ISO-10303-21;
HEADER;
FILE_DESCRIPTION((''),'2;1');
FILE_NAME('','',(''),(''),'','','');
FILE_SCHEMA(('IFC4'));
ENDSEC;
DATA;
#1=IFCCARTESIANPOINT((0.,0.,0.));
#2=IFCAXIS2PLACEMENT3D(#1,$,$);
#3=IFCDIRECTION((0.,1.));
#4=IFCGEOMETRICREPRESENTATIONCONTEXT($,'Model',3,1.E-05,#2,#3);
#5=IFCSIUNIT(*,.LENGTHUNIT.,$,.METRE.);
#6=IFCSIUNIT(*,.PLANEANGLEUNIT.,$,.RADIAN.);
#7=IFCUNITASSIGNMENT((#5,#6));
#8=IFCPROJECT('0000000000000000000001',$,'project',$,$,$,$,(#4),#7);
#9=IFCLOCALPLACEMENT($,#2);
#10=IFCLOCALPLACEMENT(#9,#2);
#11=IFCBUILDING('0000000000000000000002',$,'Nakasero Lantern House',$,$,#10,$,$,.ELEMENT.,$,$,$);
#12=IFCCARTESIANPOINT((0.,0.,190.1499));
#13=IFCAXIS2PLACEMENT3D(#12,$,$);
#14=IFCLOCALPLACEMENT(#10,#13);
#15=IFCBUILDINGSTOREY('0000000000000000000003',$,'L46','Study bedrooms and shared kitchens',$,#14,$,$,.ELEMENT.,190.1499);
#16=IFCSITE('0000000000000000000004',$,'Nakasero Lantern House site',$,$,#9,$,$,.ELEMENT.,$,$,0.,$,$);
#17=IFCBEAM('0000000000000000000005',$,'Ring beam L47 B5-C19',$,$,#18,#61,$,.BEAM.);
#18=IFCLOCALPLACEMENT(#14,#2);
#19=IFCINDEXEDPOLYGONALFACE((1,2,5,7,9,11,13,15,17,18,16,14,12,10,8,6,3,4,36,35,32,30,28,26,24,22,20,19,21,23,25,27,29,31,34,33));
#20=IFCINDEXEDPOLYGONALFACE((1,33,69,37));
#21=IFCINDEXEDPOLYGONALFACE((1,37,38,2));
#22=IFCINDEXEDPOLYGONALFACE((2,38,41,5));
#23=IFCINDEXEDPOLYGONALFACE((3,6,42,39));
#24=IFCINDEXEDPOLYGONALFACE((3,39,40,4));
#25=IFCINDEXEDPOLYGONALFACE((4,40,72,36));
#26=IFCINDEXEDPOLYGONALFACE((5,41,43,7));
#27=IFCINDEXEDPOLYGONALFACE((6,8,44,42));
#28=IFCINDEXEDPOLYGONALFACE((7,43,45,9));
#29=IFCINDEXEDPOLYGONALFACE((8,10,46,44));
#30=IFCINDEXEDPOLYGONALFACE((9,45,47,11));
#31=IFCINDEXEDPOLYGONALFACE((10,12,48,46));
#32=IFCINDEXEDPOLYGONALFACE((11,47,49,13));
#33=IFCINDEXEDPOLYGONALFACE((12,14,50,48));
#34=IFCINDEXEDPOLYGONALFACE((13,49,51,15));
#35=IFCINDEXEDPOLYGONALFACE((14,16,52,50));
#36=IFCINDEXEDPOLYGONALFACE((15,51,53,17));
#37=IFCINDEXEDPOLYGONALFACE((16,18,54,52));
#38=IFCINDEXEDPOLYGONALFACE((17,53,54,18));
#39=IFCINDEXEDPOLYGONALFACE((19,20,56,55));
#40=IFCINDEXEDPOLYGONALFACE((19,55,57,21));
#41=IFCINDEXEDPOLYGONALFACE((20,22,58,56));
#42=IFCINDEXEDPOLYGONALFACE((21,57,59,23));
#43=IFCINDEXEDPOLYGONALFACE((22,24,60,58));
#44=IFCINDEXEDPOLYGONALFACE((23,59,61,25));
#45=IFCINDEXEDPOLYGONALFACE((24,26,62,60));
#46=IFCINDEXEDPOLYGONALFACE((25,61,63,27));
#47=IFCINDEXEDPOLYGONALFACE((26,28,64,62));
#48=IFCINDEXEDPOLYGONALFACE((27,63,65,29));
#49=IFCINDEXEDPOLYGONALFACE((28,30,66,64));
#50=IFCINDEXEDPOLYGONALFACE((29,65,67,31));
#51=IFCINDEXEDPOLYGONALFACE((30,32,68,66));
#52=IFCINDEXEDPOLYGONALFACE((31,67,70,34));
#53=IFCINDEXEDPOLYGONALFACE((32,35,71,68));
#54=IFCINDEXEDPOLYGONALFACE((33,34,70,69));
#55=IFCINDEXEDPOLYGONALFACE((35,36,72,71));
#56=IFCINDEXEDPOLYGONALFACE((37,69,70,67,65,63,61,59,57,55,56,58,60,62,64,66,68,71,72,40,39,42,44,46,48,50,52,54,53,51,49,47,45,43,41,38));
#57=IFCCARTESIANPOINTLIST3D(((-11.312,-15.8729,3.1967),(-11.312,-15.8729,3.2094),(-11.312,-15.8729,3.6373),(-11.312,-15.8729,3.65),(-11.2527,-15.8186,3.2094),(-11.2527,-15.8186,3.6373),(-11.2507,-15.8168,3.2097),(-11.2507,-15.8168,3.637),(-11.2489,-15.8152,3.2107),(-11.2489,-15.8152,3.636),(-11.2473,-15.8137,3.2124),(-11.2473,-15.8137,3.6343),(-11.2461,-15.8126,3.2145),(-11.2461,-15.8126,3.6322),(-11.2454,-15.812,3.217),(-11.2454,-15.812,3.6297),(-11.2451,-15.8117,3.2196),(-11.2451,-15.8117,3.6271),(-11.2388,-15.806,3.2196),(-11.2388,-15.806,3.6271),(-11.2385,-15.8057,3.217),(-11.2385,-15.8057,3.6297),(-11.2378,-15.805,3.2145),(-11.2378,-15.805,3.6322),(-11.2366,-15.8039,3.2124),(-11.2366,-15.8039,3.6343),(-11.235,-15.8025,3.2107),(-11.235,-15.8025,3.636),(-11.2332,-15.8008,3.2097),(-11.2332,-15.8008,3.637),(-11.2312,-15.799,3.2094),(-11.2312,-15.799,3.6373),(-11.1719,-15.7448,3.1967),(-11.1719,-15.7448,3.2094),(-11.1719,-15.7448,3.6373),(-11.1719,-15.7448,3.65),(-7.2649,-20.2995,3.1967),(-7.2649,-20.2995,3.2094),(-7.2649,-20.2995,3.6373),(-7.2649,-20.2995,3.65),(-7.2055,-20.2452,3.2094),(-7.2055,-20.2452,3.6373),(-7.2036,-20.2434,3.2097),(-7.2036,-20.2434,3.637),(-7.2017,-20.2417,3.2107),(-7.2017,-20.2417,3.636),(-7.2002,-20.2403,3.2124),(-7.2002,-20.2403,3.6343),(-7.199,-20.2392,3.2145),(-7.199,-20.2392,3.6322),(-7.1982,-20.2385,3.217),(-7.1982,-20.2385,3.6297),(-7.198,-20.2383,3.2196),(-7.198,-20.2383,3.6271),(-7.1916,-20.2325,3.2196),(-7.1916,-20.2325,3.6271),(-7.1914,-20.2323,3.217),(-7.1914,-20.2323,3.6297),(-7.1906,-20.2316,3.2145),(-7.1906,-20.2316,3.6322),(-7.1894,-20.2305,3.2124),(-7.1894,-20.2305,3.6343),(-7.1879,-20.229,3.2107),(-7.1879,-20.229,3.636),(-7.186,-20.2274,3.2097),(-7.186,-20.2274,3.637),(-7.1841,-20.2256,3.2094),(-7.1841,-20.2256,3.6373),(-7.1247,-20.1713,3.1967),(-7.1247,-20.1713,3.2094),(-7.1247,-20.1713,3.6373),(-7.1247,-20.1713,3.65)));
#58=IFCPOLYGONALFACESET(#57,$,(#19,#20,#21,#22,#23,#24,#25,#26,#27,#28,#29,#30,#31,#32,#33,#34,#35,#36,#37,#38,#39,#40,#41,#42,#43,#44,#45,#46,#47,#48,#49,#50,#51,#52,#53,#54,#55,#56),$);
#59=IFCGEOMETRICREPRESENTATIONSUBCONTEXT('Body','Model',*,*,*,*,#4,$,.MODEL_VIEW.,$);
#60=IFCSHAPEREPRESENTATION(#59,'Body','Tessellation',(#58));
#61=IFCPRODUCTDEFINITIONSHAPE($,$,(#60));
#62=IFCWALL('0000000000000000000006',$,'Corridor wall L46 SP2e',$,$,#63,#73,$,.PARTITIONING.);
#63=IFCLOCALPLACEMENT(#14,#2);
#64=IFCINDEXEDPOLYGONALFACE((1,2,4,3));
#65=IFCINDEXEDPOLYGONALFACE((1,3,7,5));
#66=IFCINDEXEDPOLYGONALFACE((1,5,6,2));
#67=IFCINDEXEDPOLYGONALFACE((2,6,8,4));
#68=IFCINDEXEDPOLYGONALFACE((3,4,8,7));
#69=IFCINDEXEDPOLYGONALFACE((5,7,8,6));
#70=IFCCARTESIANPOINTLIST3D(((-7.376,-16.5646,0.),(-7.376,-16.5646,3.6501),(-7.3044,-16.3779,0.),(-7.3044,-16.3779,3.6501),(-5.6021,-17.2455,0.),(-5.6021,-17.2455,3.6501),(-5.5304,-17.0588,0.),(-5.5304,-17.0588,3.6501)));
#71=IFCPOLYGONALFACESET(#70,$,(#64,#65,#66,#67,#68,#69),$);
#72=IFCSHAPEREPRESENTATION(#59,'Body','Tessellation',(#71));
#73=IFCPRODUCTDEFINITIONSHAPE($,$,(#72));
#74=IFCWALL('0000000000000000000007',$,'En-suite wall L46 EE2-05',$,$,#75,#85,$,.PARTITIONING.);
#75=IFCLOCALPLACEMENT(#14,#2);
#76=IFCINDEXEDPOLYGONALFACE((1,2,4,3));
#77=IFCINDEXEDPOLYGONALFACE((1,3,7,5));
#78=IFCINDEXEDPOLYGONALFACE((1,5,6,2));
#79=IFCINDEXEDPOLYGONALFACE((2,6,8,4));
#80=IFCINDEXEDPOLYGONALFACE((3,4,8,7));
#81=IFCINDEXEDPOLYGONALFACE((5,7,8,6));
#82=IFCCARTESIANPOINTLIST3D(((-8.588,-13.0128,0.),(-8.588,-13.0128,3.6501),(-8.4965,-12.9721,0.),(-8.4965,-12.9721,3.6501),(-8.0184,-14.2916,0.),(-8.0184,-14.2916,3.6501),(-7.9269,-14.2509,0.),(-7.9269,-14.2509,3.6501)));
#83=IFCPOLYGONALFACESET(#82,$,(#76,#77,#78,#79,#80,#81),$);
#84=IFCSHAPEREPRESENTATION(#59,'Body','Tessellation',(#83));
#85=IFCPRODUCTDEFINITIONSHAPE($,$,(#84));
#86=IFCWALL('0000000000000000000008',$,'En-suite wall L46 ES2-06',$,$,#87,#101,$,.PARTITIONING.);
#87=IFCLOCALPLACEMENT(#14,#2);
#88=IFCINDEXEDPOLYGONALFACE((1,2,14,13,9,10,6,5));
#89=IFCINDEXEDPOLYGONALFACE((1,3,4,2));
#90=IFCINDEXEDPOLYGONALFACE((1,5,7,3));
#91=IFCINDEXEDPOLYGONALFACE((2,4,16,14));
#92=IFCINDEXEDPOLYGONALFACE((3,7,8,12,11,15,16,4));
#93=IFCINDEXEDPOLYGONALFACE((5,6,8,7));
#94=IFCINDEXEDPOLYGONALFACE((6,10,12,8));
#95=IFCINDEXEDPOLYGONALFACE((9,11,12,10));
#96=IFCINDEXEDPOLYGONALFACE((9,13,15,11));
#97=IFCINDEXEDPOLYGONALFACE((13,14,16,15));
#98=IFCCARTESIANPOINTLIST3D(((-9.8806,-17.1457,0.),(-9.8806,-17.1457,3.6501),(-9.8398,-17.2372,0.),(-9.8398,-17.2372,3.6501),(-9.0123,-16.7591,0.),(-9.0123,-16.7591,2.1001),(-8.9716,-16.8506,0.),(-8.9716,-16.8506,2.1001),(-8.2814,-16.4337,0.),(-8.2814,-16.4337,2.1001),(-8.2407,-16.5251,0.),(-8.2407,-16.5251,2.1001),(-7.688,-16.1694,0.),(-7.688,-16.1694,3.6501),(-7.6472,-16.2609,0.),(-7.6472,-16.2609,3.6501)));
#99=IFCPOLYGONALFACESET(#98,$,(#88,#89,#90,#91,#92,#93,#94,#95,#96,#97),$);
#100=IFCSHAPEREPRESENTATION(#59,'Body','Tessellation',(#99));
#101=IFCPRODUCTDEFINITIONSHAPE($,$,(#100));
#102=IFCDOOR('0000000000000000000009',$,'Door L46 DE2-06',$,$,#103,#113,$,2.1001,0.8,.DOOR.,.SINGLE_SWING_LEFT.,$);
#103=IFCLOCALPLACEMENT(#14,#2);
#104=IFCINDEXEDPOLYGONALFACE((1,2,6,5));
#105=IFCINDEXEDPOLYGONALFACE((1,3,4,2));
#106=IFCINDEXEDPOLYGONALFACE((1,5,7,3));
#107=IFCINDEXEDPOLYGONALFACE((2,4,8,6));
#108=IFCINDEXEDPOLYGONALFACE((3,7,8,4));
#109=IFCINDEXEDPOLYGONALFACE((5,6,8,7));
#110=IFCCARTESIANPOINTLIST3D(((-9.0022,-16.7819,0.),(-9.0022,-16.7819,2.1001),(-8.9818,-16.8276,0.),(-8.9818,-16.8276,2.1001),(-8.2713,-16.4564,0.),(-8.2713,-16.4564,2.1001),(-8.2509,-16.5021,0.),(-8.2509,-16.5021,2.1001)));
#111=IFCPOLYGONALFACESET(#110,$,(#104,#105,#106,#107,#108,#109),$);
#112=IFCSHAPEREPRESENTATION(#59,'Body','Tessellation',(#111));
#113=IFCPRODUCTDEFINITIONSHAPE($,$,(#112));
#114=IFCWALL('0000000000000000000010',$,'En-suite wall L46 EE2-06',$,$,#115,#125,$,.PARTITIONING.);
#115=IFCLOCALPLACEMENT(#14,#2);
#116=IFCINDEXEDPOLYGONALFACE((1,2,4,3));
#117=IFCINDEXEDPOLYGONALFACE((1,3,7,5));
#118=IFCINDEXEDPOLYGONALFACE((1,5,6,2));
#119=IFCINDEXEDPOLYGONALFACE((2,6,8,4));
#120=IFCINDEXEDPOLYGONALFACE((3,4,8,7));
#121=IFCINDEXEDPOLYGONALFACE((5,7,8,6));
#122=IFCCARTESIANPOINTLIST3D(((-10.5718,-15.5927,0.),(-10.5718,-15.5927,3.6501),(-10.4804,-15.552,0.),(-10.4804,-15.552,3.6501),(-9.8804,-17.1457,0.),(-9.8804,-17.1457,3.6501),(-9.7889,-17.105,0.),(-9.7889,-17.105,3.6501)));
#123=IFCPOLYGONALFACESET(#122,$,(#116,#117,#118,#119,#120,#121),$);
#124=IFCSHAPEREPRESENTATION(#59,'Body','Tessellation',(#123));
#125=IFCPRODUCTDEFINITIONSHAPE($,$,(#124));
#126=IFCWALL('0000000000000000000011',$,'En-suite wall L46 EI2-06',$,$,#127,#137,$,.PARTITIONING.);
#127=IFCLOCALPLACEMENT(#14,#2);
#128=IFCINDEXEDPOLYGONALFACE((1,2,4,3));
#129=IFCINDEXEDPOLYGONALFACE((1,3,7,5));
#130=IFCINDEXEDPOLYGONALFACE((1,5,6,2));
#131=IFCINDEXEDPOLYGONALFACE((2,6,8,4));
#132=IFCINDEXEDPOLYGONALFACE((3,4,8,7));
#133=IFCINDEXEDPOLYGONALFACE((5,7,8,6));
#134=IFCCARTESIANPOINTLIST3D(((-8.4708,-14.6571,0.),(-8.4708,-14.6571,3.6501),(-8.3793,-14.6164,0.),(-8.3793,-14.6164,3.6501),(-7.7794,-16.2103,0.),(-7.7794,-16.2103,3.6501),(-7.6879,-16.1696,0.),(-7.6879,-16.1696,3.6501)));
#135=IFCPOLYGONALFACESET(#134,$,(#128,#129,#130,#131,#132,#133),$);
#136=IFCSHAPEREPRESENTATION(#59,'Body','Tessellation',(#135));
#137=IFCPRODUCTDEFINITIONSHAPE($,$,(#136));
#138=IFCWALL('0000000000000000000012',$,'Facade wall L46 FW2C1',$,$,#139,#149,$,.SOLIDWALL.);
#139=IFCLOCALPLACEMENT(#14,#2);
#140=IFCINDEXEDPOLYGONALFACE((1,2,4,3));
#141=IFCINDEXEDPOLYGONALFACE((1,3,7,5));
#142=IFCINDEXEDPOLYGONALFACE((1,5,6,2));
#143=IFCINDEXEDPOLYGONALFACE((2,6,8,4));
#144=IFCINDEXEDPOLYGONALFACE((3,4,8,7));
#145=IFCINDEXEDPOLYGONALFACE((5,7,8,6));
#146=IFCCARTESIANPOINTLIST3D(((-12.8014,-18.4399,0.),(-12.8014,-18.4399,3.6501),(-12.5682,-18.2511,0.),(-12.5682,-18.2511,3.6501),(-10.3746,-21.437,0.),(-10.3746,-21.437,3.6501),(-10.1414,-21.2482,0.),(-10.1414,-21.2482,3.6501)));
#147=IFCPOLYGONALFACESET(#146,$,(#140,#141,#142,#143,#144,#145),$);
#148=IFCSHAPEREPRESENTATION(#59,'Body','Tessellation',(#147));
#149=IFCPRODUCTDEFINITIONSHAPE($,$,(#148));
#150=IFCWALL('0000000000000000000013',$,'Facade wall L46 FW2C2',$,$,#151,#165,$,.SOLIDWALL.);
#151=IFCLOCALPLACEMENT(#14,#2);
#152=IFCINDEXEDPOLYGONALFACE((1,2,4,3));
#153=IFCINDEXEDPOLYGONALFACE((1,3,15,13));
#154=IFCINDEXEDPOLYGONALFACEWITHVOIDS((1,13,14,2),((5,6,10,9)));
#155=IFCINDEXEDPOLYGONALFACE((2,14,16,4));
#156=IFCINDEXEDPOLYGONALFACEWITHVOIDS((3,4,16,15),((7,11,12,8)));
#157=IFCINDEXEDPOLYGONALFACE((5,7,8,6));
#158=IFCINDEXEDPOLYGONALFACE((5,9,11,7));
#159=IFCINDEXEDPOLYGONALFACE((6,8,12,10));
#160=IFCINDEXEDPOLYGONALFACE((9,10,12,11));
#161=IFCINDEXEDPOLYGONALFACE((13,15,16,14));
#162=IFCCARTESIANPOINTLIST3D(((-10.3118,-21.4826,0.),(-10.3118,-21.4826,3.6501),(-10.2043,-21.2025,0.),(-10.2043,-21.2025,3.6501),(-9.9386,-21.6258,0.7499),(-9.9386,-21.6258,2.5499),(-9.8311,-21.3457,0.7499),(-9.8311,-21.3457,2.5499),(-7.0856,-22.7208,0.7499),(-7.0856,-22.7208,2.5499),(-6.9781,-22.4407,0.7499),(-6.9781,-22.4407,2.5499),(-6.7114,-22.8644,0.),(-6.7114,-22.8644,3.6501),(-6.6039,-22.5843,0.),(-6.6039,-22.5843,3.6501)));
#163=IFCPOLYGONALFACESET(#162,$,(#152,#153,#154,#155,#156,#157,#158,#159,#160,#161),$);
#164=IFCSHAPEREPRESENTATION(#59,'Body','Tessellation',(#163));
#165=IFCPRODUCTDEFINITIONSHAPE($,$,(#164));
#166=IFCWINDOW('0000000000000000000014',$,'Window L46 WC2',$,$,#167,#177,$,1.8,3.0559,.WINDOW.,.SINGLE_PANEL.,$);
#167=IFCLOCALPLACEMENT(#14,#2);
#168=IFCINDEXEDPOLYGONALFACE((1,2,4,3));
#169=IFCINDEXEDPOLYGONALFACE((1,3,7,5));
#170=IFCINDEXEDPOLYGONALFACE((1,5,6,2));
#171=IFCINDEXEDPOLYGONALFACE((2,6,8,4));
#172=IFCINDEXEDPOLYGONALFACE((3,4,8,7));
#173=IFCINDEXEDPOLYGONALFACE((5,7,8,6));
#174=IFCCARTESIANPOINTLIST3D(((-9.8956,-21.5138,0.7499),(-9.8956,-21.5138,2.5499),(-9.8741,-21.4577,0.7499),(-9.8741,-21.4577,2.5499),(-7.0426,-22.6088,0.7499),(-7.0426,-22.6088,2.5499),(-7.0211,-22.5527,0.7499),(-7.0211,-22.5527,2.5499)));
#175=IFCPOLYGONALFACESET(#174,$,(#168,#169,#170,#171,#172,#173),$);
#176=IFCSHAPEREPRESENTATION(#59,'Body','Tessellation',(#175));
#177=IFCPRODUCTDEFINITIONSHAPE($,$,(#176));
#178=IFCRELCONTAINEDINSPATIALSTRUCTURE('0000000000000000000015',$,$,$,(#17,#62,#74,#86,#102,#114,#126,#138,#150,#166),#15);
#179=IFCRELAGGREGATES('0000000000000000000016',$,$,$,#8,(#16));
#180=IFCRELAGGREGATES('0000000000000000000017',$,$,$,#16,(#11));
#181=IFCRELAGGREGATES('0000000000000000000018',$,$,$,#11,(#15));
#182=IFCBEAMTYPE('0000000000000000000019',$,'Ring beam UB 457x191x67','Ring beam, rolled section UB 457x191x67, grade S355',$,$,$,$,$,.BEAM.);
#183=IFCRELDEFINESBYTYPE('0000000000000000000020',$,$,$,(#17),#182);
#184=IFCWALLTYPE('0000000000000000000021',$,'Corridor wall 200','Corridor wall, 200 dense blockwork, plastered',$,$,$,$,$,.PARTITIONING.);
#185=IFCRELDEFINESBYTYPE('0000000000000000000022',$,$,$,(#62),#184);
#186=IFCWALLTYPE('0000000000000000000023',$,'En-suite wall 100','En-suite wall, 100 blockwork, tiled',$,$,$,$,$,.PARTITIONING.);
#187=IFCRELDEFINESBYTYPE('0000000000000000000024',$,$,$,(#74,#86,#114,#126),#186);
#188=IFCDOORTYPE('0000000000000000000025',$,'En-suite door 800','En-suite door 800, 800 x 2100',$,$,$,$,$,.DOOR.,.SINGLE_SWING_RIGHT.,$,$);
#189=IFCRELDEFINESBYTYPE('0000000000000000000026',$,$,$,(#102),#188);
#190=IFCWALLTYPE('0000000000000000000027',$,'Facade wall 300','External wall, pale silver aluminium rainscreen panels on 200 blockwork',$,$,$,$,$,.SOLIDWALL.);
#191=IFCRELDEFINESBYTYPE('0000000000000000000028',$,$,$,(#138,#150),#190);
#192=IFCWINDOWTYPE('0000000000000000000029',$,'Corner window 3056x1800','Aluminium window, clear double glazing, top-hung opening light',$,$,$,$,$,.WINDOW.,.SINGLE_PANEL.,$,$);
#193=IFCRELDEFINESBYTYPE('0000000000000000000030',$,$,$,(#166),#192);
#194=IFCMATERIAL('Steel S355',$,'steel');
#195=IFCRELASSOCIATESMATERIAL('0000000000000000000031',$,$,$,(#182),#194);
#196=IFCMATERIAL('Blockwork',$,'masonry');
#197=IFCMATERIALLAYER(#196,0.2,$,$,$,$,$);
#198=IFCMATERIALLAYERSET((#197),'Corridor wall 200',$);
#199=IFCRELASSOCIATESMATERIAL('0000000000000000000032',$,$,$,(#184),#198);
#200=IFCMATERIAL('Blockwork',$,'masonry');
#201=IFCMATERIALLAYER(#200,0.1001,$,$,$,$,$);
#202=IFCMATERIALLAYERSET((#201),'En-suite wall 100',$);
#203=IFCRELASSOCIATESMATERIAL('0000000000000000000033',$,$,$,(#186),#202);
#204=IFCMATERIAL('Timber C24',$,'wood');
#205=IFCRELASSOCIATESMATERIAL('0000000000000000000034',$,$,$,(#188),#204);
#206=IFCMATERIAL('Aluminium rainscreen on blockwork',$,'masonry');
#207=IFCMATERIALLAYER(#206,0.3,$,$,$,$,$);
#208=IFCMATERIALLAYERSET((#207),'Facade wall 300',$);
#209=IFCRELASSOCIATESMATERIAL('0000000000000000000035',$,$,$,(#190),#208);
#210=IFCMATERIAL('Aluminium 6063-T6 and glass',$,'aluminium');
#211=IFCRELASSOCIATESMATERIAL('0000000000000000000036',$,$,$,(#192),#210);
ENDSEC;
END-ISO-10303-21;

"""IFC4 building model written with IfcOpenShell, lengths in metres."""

from ifc_helpers import new_model, si_unit, direction, frame, frame_2d, origin, origin_2d, place, context, subcontext, project, spatial, rectangle, i_section, extrude, material, layer, layer_set, material_profile, profile_set, type_object, element, fill, save


model = new_model("IFC4")

# Units and contexts
model_context = context("Model", 3, precision=1e-05, world=origin(), true_north=direction((0.0, 1.0)))
body_context = subcontext(model_context, "Body", "Model", "MODEL_VIEW")
ifc_project = project(units=[si_unit("LENGTHUNIT", "METRE"), si_unit("PLANEANGLEUNIT", "RADIAN")], contexts=[model_context])

# Site, building, storey
site_placement = place(None, origin())
site = spatial("IfcSite", under=ifc_project, at=site_placement, Name="Nakasero Lantern House site", CompositionType="ELEMENT", RefElevation=0.0)
building_placement = place(site_placement, origin())
building = spatial("IfcBuilding", under=site, at=building_placement, Name="Nakasero Lantern House", CompositionType="ELEMENT")
storey_placement = place(building_placement, frame((0.0, 0.0, 190.1499)))
storey = spatial("IfcBuildingStorey", under=building, at=storey_placement, Name="L46", Description="Study bedrooms and shared kitchens", CompositionType="ELEMENT", Elevation=190.1499)

# Beam
ifc_material_1 = material(Name="Steel S355", Category="steel")
ifc_material_profile_1 = material_profile(ifc_material_1, i_section(OverallWidth=0.1899, OverallDepth=0.4534, WebThickness=0.0085, FlangeThickness=0.0127, FilletRadius=0.0103, at=origin_2d()), Name="UB 457x191x67")
ifc_profile_set_1 = profile_set([ifc_material_profile_1], Name="Steel S355")
beam_type_1 = type_object("IfcBeamType", Name="Ring beam UB 457x191x67", Description="Ring beam, rolled section UB 457x191x67, grade S355", PredefinedType="BEAM", material=ifc_profile_set_1)
beam_1_placement = place(storey_placement, frame((-11.2419, -15.8088, 3.4233), z_axis=(0.674771, -0.738027, 0.0), x_axis=(0.738027, 0.674771, 0.0)))
element("IfcBeam", 1, at=beam_1_placement, inside=storey, type_object=beam_type_1, Name="Ring beam L47 B5-C19", PredefinedType="BEAM", context=body_context, shape_type="SweptSolid", body=[
    extrude(i_section(OverallWidth=0.1899, OverallDepth=0.4534, WebThickness=0.0085, FlangeThickness=0.0127, FilletRadius=0.0103, at=origin_2d()), origin(), (0.0, 0.0, 1.0), 5.9978),
])

# Walls
ifc_material_2 = material(Name="Blockwork", Category="masonry")
ifc_layer_1 = layer(ifc_material_2, 0.2)
ifc_layer_set_1 = layer_set([ifc_layer_1], Name="Corridor wall 200")
wall_type_1 = type_object("IfcWallType", Name="Corridor wall 200", Description="Corridor wall, 200 dense blockwork, plastered", PredefinedType="PARTITIONING", material=ifc_layer_set_1)
wall_1_placement = place(storey_placement, frame((-7.3403, -16.4712, 0.0), z_axis=(0.0, 0.0, 1.0), x_axis=(0.933587, -0.35835, 0.0)))
element("IfcWall", 2, at=wall_1_placement, inside=storey, type_object=wall_type_1, Name="Corridor wall L46 SP2e", PredefinedType="PARTITIONING", context=body_context, shape_type="SweptSolid", body=[
    extrude(rectangle(XDim=1.9001, YDim=0.2, at=frame_2d((0.9502, 0.0))), origin(), (0.0, 0.0, 1.0), 3.6501),
])
ifc_material_3 = material(Name="Blockwork", Category="masonry")
ifc_layer_2 = layer(ifc_material_3, 0.1001)
ifc_layer_set_2 = layer_set([ifc_layer_2], Name="En-suite wall 100")
wall_type_2 = type_object("IfcWallType", Name="En-suite wall 100", Description="En-suite wall, 100 blockwork, tiled", PredefinedType="PARTITIONING", material=ifc_layer_set_2)
wall_2_placement = place(storey_placement, frame((-8.5422, -12.9924, 0.0), z_axis=(0.0, 0.0, 1.0), x_axis=(0.406866, -0.913488, 0.0)))
element("IfcWall", 3, at=wall_2_placement, inside=storey, type_object=wall_type_2, Name="En-suite wall L46 EE2-05", PredefinedType="PARTITIONING", context=body_context, shape_type="SweptSolid", body=[
    extrude(rectangle(XDim=1.3999, YDim=0.1001, at=frame_2d((0.7, 0.0))), origin(), (0.0, 0.0, 1.0), 3.6501),
])

# Wall, opening, door
wall_3_placement = place(storey_placement, frame((-7.6675, -16.2151, 0.0), z_axis=(0.0, 0.0, 1.0), x_axis=(-0.91353, -0.406771, 0.0)))
wall_3 = element("IfcWall", 4, at=wall_3_placement, inside=storey, type_object=wall_type_2, Name="En-suite wall L46 ES2-06", PredefinedType="PARTITIONING", context=body_context, shape_type="SweptSolid", body=[
    extrude(rectangle(XDim=2.4001, YDim=0.1001, at=frame_2d((1.2002, 0.0))), origin(), (0.0, 0.0, 1.0), 3.6501),
])
opening_1_placement = place(wall_3_placement, frame((0.6499, 0.0, 0.0)))
opening_1 = element("IfcOpeningElement", 5, at=opening_1_placement, cuts=wall_3, PredefinedType="OPENING", context=body_context, shape_type="SweptSolid", body=[
    extrude(rectangle(XDim=0.8, YDim=2.1001, at=frame_2d((0.3999, 1.05))), frame((0.0, 0.0701, 0.0), z_axis=(0.0, -1.0, 0.0), x_axis=(1.0, 0.0, 0.0)), (0.0, 0.0, 1.0), 0.1401),
])
ifc_material_4 = material(Name="Timber C24", Category="wood")
door_type = type_object("IfcDoorType", Name="En-suite door 800", Description="En-suite door 800, 800 x 2100", OperationType="SINGLE_SWING_RIGHT", PredefinedType="DOOR", material=ifc_material_4)
door_placement = place(opening_1_placement, origin())
door = element("IfcDoor", 6, at=door_placement, inside=storey, type_object=door_type, Name="Door L46 DE2-06", OperationType="SINGLE_SWING_LEFT", OverallHeight=2.1001, OverallWidth=0.8, PredefinedType="DOOR", context=body_context, shape_type="SweptSolid", body=[
    extrude(rectangle(XDim=0.8, YDim=2.1001, at=frame_2d((0.3999, 1.05))), frame((0.0, 0.0249, 0.0), z_axis=(0.0, -1.0, 0.0), x_axis=(1.0, 0.0, 0.0)), (0.0, 0.0, 1.0), 0.05),
])
fill(opening_1, door)

# Walls
wall_4_placement = place(storey_placement, frame((-10.5261, -15.5723, 0.0), z_axis=(0.0, 0.0, 1.0), x_axis=(0.406725, -0.913551, 0.0)))
element("IfcWall", 7, at=wall_4_placement, inside=storey, type_object=wall_type_2, Name="En-suite wall L46 EE2-06", PredefinedType="PARTITIONING", context=body_context, shape_type="SweptSolid", body=[
    extrude(rectangle(XDim=1.7, YDim=0.1001, at=frame_2d((0.8501, 0.0))), origin(), (0.0, 0.0, 1.0), 3.6501),
])
wall_5_placement = place(storey_placement, frame((-8.425, -14.6367, 0.0), z_axis=(0.0, 0.0, 1.0), x_axis=(0.406671, -0.913575, 0.0)))
element("IfcWall", 8, at=wall_5_placement, inside=storey, type_object=wall_type_2, Name="En-suite wall L46 EI2-06", PredefinedType="PARTITIONING", context=body_context, shape_type="SweptSolid", body=[
    extrude(rectangle(XDim=1.7002, YDim=0.1001, at=frame_2d((0.8501, 0.0))), origin(), (0.0, 0.0, 1.0), 3.6501),
])
ifc_material_5 = material(Name="Aluminium rainscreen on blockwork", Category="masonry")
ifc_layer_3 = layer(ifc_material_5, 0.3)
ifc_layer_set_3 = layer_set([ifc_layer_3], Name="Facade wall 300")
wall_type_3 = type_object("IfcWallType", Name="Facade wall 300", Description="External wall, pale silver aluminium rainscreen panels on 200 blockwork", PredefinedType="SOLIDWALL", material=ifc_layer_set_3)
wall_6_placement = place(storey_placement, frame((-12.6848, -18.3455, 0.0), z_axis=(0.0, 0.0, 1.0), x_axis=(0.629286, -0.777174, 0.0)))
element("IfcWall", 9, at=wall_6_placement, inside=storey, type_object=wall_type_3, Name="Facade wall L46 FW2C1", PredefinedType="SOLIDWALL", context=body_context, shape_type="SweptSolid", body=[
    extrude(rectangle(XDim=3.8564, YDim=0.3, at=frame_2d((1.9282, 0.0))), origin(), (0.0, 0.0, 1.0), 3.6501),
])

# Wall, opening, window
wall_7_placement = place(storey_placement, frame((-10.2581, -21.3425, 0.0), z_axis=(0.0, 0.0, 1.0), x_axis=(0.933598, -0.358321, 0.0)))
wall_7 = element("IfcWall", 10, at=wall_7_placement, inside=storey, type_object=wall_type_3, Name="Facade wall L46 FW2C2", PredefinedType="SOLIDWALL", context=body_context, shape_type="SweptSolid", body=[
    extrude(rectangle(XDim=3.8564, YDim=0.3, at=frame_2d((1.9282, 0.0))), origin(), (0.0, 0.0, 1.0), 3.6501),
])
opening_2_placement = place(wall_7_placement, frame((0.3999, 0.0, 0.75)))
opening_2 = element("IfcOpeningElement", 11, at=opening_2_placement, cuts=wall_7, PredefinedType="OPENING", context=body_context, shape_type="SweptSolid", body=[
    extrude(rectangle(XDim=3.0559, YDim=1.8, at=frame_2d((1.5278, 0.8999))), frame((0.0, 0.1699, 0.0), z_axis=(0.0, -1.0, 0.0), x_axis=(1.0, 0.0, 0.0)), (0.0, 0.0, 1.0), 0.3401),
])
ifc_material_6 = material(Name="Aluminium 6063-T6 and glass", Category="aluminium")
window_type = type_object("IfcWindowType", Name="Corner window 3056x1800", Description="Aluminium window, clear double glazing, top-hung opening light", PartitioningType="SINGLE_PANEL", PredefinedType="WINDOW", material=ifc_material_6)
window_placement = place(opening_2_placement, origin())
window = element("IfcWindow", 12, at=window_placement, inside=storey, type_object=window_type, Name="Window L46 WC2", OverallHeight=1.8, OverallWidth=3.0559, PartitioningType="SINGLE_PANEL", PredefinedType="WINDOW", context=body_context, shape_type="SweptSolid", body=[
    extrude(rectangle(XDim=3.0559, YDim=1.8, at=frame_2d((1.5278, 0.8999))), frame((0.0, 0.03, 0.0), z_axis=(0.0, -1.0, 0.0), x_axis=(1.0, 0.0, 0.0)), (0.0, 0.0, 1.0), 0.0601),
])
fill(opening_2, window)

save(model, "model.ifc")
